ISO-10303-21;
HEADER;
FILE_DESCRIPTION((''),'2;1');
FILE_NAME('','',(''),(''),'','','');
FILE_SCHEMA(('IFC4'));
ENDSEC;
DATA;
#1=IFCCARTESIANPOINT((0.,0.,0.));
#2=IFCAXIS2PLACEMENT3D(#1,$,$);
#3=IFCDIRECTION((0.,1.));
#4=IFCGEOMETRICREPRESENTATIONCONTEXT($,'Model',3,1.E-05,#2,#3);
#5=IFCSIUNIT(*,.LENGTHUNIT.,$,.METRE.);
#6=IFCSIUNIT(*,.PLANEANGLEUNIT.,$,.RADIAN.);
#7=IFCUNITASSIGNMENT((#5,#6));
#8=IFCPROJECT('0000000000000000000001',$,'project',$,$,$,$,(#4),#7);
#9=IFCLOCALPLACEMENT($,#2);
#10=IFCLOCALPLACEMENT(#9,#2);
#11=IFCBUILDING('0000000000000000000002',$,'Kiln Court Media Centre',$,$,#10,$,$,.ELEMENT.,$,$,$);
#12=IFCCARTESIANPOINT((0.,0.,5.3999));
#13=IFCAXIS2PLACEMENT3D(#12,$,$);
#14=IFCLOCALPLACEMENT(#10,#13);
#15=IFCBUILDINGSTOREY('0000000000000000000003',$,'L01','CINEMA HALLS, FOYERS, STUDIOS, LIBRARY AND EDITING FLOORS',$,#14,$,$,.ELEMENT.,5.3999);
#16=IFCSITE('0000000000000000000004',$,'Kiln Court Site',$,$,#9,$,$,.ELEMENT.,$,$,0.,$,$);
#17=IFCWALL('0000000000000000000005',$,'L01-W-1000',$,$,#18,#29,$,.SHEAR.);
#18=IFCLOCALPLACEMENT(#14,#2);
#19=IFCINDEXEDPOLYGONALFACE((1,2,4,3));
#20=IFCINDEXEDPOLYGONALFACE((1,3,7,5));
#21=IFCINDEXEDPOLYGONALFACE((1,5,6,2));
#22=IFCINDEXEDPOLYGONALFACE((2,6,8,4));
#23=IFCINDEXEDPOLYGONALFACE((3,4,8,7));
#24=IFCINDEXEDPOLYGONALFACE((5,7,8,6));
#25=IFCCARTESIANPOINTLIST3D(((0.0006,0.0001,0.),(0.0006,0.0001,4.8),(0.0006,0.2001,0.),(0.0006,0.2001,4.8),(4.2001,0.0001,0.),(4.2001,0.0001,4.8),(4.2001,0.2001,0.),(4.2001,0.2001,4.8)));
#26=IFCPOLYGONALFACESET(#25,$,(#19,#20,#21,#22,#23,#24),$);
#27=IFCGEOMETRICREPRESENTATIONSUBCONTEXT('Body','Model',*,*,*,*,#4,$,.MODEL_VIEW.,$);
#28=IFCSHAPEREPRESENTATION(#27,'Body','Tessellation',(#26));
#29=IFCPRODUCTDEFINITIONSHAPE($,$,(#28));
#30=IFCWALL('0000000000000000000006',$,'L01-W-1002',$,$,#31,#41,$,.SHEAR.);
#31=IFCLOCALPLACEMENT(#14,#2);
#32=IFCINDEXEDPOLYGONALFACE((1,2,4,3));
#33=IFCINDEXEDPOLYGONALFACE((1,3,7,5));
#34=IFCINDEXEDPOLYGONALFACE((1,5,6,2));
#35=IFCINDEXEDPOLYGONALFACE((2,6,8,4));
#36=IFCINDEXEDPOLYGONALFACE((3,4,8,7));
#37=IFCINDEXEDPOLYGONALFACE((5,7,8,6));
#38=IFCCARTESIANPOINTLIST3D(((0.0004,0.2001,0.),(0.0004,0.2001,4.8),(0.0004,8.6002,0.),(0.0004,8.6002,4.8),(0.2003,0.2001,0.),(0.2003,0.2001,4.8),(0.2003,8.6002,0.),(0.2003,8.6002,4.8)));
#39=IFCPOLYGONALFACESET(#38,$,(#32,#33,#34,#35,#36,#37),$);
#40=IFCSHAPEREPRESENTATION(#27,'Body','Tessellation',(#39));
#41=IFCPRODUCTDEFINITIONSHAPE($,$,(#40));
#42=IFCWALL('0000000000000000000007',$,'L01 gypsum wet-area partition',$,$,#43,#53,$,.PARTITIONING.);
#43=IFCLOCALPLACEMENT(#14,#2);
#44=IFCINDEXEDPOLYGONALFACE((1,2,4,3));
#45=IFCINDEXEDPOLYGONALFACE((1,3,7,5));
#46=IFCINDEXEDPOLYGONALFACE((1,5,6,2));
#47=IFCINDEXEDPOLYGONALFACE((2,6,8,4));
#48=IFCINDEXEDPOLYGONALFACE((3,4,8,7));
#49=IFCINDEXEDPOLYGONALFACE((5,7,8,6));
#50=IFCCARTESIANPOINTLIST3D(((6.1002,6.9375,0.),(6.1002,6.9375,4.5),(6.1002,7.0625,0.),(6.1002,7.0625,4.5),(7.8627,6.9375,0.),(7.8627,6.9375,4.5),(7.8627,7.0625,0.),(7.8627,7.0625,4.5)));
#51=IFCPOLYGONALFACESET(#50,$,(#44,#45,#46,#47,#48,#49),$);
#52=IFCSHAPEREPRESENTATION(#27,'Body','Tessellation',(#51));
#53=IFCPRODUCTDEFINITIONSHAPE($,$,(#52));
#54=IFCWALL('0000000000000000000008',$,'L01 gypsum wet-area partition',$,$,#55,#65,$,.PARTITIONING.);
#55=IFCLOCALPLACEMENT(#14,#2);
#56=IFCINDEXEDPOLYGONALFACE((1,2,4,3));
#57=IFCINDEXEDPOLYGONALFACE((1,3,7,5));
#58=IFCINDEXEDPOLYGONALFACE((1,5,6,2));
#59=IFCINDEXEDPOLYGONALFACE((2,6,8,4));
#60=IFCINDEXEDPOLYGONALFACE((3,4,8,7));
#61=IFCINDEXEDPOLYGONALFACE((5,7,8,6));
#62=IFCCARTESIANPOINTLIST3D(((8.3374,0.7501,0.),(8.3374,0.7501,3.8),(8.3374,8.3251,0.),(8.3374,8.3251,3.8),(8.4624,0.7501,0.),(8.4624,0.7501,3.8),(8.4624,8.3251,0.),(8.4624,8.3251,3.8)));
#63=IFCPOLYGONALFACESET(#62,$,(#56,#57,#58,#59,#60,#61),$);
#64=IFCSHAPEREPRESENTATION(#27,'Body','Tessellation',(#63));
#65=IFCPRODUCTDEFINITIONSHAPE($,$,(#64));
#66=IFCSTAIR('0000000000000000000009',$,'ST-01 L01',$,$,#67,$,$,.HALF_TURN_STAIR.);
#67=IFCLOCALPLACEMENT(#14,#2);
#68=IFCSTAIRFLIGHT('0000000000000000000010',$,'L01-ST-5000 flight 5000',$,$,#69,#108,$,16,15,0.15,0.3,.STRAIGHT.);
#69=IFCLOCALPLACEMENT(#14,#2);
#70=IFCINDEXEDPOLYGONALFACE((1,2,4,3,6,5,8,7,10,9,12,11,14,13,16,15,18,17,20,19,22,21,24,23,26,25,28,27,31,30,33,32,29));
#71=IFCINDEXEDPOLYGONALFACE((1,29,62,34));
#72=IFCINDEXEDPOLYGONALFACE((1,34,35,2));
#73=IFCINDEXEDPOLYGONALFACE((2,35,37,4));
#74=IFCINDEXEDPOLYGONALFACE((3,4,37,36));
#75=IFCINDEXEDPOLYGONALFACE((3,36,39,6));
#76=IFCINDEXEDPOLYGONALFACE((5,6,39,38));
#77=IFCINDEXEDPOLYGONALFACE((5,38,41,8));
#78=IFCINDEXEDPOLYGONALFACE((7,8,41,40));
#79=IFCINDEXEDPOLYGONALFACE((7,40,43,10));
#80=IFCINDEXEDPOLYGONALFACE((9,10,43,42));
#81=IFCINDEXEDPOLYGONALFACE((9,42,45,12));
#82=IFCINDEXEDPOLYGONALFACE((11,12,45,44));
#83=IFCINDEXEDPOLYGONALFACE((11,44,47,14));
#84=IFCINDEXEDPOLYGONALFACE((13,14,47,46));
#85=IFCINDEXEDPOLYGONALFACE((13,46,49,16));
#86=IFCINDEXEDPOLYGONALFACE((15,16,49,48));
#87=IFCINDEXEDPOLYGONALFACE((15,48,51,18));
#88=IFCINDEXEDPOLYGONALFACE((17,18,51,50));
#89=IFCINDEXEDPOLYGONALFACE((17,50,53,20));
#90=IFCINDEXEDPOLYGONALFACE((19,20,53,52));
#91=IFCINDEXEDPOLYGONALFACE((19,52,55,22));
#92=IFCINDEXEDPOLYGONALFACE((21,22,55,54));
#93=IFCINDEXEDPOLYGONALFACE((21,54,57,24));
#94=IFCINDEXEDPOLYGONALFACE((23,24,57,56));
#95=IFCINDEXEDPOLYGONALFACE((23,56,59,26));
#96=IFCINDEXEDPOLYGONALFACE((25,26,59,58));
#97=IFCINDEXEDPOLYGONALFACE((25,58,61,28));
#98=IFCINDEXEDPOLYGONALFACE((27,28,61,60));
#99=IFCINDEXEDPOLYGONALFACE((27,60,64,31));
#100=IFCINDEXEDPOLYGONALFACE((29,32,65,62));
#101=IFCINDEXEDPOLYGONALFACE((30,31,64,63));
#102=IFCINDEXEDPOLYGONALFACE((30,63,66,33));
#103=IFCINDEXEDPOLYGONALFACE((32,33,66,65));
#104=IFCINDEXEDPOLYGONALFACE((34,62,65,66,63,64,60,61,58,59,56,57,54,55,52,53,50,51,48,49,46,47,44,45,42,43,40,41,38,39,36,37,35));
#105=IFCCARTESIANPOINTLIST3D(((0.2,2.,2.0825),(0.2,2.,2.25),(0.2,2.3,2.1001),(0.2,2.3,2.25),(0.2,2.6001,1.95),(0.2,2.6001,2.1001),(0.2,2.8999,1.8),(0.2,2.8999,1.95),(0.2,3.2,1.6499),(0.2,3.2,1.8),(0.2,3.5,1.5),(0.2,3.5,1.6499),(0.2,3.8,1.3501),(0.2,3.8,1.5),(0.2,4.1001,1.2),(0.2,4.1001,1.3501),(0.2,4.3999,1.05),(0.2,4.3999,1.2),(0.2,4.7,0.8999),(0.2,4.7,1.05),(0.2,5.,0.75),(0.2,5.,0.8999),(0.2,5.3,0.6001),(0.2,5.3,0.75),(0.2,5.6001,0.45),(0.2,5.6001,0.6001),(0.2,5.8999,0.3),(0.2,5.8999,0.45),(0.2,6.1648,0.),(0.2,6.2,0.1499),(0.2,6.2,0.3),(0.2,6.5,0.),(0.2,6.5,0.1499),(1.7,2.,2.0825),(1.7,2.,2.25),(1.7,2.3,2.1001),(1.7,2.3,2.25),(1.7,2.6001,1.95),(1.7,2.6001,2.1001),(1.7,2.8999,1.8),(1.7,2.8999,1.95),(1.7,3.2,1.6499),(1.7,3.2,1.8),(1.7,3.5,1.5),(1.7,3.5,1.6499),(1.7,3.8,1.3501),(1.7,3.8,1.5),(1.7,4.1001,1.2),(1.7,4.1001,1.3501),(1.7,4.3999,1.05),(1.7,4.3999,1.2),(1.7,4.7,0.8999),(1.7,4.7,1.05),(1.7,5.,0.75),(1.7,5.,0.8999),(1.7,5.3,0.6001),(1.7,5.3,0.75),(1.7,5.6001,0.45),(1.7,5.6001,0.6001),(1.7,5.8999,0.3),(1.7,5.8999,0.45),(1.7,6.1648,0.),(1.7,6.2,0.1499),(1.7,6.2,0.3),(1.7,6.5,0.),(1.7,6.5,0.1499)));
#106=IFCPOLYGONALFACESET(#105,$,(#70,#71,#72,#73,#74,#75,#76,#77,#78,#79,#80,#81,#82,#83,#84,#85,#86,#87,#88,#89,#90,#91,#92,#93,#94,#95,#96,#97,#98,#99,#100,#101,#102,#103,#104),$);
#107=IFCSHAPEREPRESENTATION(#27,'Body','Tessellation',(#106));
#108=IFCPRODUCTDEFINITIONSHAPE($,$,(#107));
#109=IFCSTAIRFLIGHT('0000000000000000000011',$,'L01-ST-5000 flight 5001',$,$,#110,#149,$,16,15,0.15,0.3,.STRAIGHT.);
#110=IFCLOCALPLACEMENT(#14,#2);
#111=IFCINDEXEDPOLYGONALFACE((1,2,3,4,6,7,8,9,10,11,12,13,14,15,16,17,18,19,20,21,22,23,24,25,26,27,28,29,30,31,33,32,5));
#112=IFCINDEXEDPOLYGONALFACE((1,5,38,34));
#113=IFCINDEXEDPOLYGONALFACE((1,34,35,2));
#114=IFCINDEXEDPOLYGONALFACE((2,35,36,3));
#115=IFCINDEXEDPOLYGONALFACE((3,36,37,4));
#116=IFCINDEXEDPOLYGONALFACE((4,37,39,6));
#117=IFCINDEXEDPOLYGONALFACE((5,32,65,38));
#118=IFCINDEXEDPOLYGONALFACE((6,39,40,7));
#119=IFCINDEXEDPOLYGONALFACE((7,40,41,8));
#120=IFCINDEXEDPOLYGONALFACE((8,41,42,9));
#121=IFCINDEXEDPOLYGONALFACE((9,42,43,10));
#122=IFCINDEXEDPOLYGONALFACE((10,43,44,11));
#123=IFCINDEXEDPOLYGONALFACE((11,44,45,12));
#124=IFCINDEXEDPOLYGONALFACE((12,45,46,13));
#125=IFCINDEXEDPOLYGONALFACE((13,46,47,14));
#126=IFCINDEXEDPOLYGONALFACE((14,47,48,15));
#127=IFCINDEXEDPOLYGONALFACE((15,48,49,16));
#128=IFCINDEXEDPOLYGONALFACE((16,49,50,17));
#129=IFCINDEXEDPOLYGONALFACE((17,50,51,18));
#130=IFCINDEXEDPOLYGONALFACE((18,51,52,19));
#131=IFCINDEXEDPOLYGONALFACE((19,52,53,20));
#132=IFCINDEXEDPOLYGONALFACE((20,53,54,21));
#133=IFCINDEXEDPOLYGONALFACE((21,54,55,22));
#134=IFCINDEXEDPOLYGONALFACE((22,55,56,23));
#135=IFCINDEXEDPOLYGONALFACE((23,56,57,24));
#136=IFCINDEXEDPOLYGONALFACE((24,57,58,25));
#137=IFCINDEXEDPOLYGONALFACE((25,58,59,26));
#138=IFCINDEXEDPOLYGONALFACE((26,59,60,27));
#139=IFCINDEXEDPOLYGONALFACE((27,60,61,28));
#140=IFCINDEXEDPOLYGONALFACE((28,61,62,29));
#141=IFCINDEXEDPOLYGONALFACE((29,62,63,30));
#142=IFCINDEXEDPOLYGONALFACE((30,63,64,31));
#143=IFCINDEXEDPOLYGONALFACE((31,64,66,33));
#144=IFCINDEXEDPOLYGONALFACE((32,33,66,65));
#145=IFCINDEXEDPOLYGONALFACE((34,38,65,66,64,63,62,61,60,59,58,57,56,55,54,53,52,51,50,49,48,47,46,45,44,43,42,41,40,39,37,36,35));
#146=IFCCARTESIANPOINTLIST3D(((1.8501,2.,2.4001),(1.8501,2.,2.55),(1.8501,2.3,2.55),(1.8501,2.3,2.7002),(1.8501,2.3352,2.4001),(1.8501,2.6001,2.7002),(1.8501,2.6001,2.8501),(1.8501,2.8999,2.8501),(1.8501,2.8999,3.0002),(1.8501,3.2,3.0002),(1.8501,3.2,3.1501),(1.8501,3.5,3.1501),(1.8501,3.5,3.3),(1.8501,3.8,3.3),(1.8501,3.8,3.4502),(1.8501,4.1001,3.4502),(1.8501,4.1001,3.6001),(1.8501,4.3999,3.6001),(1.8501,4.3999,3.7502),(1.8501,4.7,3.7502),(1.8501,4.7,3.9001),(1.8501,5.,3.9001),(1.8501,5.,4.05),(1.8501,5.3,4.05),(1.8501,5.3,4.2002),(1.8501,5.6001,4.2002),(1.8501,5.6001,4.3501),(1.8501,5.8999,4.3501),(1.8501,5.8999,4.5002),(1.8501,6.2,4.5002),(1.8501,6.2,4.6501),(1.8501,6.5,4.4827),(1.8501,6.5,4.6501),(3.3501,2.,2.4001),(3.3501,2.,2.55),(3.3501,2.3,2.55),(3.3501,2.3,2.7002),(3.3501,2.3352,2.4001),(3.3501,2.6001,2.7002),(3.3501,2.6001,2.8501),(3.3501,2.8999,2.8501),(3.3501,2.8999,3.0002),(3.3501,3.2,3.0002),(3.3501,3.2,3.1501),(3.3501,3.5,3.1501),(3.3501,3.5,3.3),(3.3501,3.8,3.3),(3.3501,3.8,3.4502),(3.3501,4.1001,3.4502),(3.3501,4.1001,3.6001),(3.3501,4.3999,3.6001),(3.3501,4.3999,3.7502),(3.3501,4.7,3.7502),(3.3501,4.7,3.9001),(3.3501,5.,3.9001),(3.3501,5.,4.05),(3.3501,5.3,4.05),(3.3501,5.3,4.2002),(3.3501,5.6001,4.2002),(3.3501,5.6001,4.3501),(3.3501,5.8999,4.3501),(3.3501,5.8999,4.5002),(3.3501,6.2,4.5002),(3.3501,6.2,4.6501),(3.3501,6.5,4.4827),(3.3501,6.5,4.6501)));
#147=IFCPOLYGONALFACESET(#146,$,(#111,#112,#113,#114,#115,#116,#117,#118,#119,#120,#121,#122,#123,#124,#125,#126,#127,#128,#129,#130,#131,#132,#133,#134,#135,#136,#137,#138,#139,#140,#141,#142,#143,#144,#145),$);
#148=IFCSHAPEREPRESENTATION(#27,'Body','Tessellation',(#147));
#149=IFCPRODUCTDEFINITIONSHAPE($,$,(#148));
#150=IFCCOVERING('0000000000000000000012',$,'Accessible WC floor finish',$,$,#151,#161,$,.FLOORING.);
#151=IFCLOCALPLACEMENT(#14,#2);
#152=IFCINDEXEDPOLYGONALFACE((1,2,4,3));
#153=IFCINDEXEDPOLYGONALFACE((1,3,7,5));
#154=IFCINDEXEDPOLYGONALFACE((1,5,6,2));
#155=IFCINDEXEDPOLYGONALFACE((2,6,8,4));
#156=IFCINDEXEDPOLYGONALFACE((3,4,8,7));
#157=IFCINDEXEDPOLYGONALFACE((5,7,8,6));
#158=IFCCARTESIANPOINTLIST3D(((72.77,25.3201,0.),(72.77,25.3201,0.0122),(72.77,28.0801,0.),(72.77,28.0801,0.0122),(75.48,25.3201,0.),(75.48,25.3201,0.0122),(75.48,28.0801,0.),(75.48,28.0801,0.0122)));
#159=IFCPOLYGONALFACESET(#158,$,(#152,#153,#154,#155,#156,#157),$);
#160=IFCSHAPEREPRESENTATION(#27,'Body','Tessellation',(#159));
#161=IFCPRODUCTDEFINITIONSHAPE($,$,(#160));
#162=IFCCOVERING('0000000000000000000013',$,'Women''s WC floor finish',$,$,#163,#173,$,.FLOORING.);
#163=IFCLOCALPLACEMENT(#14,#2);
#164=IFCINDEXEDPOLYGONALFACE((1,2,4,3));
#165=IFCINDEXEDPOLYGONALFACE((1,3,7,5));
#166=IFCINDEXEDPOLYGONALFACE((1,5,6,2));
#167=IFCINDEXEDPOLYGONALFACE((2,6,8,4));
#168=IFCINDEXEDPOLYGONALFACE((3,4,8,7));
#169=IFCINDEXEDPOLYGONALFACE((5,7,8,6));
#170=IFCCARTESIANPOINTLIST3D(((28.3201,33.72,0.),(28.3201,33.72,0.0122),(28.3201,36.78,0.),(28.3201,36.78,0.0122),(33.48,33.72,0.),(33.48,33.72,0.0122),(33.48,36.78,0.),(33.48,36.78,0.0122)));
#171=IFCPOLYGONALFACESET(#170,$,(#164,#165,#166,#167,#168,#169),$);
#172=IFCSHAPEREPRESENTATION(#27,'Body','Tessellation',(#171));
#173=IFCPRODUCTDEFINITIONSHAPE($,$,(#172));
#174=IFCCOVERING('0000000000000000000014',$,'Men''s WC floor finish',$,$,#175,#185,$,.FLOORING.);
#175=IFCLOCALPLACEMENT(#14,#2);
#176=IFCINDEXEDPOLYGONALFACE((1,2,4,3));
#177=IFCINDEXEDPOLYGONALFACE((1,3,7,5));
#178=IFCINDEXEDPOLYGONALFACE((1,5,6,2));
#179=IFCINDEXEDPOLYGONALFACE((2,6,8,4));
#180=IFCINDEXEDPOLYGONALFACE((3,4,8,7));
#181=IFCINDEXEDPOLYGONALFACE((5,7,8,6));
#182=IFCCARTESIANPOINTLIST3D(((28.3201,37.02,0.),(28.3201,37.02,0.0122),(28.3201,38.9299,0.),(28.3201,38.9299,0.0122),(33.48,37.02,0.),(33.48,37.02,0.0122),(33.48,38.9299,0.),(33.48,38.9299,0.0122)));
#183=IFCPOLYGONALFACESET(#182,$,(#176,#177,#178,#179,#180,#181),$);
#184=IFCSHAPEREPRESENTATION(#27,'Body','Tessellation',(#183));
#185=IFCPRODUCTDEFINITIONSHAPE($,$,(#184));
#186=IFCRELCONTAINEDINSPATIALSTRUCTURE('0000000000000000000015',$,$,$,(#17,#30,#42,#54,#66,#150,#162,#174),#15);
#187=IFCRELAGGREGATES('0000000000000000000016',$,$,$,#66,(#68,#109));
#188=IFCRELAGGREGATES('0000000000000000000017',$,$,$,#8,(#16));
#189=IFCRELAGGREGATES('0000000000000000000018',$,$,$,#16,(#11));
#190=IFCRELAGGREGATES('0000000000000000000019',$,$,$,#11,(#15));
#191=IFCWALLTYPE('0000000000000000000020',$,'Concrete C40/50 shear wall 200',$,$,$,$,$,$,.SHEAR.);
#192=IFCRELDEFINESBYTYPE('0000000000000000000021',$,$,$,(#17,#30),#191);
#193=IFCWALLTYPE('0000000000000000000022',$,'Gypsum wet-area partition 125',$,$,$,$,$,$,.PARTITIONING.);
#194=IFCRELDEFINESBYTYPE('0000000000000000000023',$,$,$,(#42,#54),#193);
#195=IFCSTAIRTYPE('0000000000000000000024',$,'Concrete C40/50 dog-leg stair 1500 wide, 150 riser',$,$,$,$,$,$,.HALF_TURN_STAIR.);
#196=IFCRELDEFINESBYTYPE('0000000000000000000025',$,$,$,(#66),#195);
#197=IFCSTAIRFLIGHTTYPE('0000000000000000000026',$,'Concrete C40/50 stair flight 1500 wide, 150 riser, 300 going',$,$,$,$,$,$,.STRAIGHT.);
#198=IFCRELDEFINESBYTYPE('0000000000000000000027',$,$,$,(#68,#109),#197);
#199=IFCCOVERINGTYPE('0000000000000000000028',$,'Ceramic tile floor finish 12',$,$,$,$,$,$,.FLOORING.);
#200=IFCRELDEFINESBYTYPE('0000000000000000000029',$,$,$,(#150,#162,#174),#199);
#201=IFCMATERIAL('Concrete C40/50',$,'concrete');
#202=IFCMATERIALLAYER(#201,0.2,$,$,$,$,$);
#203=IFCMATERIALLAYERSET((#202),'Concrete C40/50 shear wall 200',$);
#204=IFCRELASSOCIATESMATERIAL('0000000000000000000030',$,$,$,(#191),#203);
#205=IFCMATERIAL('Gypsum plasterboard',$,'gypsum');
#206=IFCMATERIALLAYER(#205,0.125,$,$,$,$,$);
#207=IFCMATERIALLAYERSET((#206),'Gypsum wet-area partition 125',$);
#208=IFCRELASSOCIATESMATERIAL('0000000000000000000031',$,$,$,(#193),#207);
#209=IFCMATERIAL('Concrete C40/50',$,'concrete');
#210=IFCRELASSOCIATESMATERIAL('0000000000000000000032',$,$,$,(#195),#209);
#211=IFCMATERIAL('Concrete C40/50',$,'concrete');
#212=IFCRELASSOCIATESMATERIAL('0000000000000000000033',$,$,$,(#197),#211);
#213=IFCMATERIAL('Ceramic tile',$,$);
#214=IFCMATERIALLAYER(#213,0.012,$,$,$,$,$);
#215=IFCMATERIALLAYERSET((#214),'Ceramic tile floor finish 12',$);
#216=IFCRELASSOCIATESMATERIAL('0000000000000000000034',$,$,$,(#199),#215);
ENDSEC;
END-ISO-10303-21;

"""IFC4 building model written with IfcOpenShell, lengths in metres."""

from ifc_helpers import new_model, si_unit, direction, frame, frame_2d, origin, place, context, subcontext, project, spatial, polyline, rectangle, outline, extrude, material, layer, layer_set, type_object, element, aggregate, save


model = new_model("IFC4")

# Units and contexts
model_context = context("Model", 3, precision=1e-05, world=origin(), true_north=direction((0.0, 1.0)))
body_context = subcontext(model_context, "Body", "Model", "MODEL_VIEW")
ifc_project = project(units=[si_unit("LENGTHUNIT", "METRE"), si_unit("PLANEANGLEUNIT", "RADIAN")], contexts=[model_context])

# Site, building, storey
site_placement = place(None, origin())
site = spatial("IfcSite", under=ifc_project, at=site_placement, Name="Kiln Court Site", CompositionType="ELEMENT", RefElevation=0.0)
building_placement = place(site_placement, origin())
building = spatial("IfcBuilding", under=site, at=building_placement, Name="Kiln Court Media Centre", CompositionType="ELEMENT")
storey_placement = place(building_placement, frame((0.0, 0.0, 5.3999)))
storey = spatial("IfcBuildingStorey", under=building, at=storey_placement, Name="L01", Description="CINEMA HALLS, FOYERS, STUDIOS, LIBRARY AND EDITING FLOORS", CompositionType="ELEMENT", Elevation=5.3999)

# Walls
ifc_material_1 = material(Name="Concrete C40/50", Category="concrete")
ifc_layer_1 = layer(ifc_material_1, 0.2)
ifc_layer_set_1 = layer_set([ifc_layer_1], Name="Concrete C40/50 shear wall 200")
wall_type_1 = type_object("IfcWallType", Name="Concrete C40/50 shear wall 200", PredefinedType="SHEAR", material=ifc_layer_set_1)
wall_1_placement = place(storey_placement, frame((4.2, 0.1001, 0.0), z_axis=(0.0, 0.0, 1.0), x_axis=(-1.0, 0.0, 0.0)))
element("IfcWall", 1, at=wall_1_placement, inside=storey, type_object=wall_type_1, Name="L01-W-1000", PredefinedType="SHEAR", context=body_context, shape_type="SweptSolid", body=[
    extrude(rectangle(XDim=4.1995, YDim=0.2, at=frame_2d((2.0996, 0.0))), origin(), (0.0, 0.0, 1.0), 4.8),
])
wall_2_placement = place(storey_placement, frame((0.1003, 0.2, 0.0), z_axis=(0.0, 0.0, 1.0), x_axis=(0.0, 1.0, 0.0)))
element("IfcWall", 2, at=wall_2_placement, inside=storey, type_object=wall_type_1, Name="L01-W-1002", PredefinedType="SHEAR", context=body_context, shape_type="SweptSolid", body=[
    extrude(rectangle(XDim=8.4001, YDim=0.2, at=frame_2d((4.2002, 0.0))), origin(), (0.0, 0.0, 1.0), 4.8),
])
ifc_material_2 = material(Name="Gypsum plasterboard", Category="gypsum")
ifc_layer_2 = layer(ifc_material_2, 0.125)
ifc_layer_set_2 = layer_set([ifc_layer_2], Name="Gypsum wet-area partition 125")
wall_type_2 = type_object("IfcWallType", Name="Gypsum wet-area partition 125", PredefinedType="PARTITIONING", material=ifc_layer_set_2)
wall_3_placement = place(storey_placement, frame((6.1001, 7.0, 0.0), z_axis=(0.0, 0.0, 1.0), x_axis=(1.0, 0.0, 0.0)))
element("IfcWall", 3, at=wall_3_placement, inside=storey, type_object=wall_type_2, Name="L01 gypsum wet-area partition", PredefinedType="PARTITIONING", context=body_context, shape_type="SweptSolid", body=[
    extrude(rectangle(XDim=1.7625, YDim=0.125, at=frame_2d((0.8813, 0.0))), origin(), (0.0, 0.0, 1.0), 4.5),
])
wall_4_placement = place(storey_placement, frame((8.3999, 0.75, 0.0), z_axis=(0.0, 0.0, 1.0), x_axis=(0.0, 1.0, 0.0)))
element("IfcWall", 4, at=wall_4_placement, inside=storey, type_object=wall_type_2, Name="L01 gypsum wet-area partition", PredefinedType="PARTITIONING", context=body_context, shape_type="SweptSolid", body=[
    extrude(rectangle(XDim=7.575, YDim=0.125, at=frame_2d((3.7876, 0.0))), origin(), (0.0, 0.0, 1.0), 3.8),
])

# Stair, stair flights
ifc_material_3 = material(Name="Concrete C40/50", Category="concrete")
stair_type = type_object("IfcStairType", Name="Concrete C40/50 dog-leg stair 1500 wide, 150 riser", PredefinedType="HALF_TURN_STAIR", material=ifc_material_3)
stair_placement = place(storey_placement, origin())
stair = element("IfcStair", 5, at=stair_placement, inside=storey, type_object=stair_type, Name="ST-01 L01", PredefinedType="HALF_TURN_STAIR")
ifc_material_4 = material(Name="Concrete C40/50", Category="concrete")
stair_flight_type = type_object("IfcStairFlightType", Name="Concrete C40/50 stair flight 1500 wide, 150 riser, 300 going", PredefinedType="STRAIGHT", material=ifc_material_4)
stair_flight_1_placement = place(storey_placement, frame((0.95, 6.5, 0.0), z_axis=(0.0, 0.0, 1.0), x_axis=(0.0, -1.0, 0.0)))
stair_flight_1 = element("IfcStairFlight", 6, at=stair_flight_1_placement, type_object=stair_flight_type, Name="L01-ST-5000 flight 5000", NumberOfRisers=16, NumberOfTreads=15, PredefinedType="STRAIGHT", RiserHeight=0.15, TreadLength=0.3, context=body_context, shape_type="SweptSolid", body=[
    extrude(outline(polyline([(0.0, 0.0), (0.0, 0.1499), (0.3, 0.1499), (0.3, 0.3), (0.6001, 0.3), (0.6001, 0.45), (0.8999, 0.45), (0.8999, 0.6001), (1.2, 0.6001), (1.2, 0.75), (1.5, 0.75), (1.5, 0.8999), (1.8, 0.8999), (1.8, 1.05), (2.1001, 1.05), (2.1001, 1.2), (2.3999, 1.2), (2.3999, 1.3501), (2.7, 1.3501), (2.7, 1.5), (3.0, 1.5), (3.0, 1.6499), (3.3, 1.6499), (3.3, 1.8), (3.6001, 1.8), (3.6001, 1.95), (3.8999, 1.95), (3.8999, 2.1001), (4.2, 2.1001), (4.2, 2.25), (4.5, 2.25), (4.5, 2.3999), (4.5, 2.0825), (0.3352, 0.0), (0.0, 0.0)])), frame((0.0, 0.75, 0.0), z_axis=(0.0, -1.0, 0.0), x_axis=(1.0, 0.0, 0.0)), (0.0, 0.0, 1.0), 1.5),
])
stair_flight_2_placement = place(storey_placement, frame((2.6001, 2.0, 2.4001), z_axis=(0.0, 0.0, 1.0), x_axis=(0.0, 1.0, 0.0)))
stair_flight_2 = element("IfcStairFlight", 7, at=stair_flight_2_placement, type_object=stair_flight_type, Name="L01-ST-5000 flight 5001", NumberOfRisers=16, NumberOfTreads=15, PredefinedType="STRAIGHT", RiserHeight=0.15, TreadLength=0.3, context=body_context, shape_type="SweptSolid", body=[
    extrude(outline(polyline([(0.0, 0.0), (0.0, 0.1499), (0.3, 0.1499), (0.3, 0.3), (0.6001, 0.3), (0.6001, 0.45), (0.8999, 0.45), (0.8999, 0.6001), (1.2, 0.6001), (1.2, 0.75), (1.5, 0.75), (1.5, 0.8999), (1.8, 0.8999), (1.8, 1.05), (2.1001, 1.05), (2.1001, 1.2), (2.3999, 1.2), (2.3999, 1.3501), (2.7, 1.3501), (2.7, 1.5), (3.0, 1.5), (3.0, 1.6499), (3.3, 1.6499), (3.3, 1.8), (3.6001, 1.8), (3.6001, 1.95), (3.8999, 1.95), (3.8999, 2.1001), (4.2, 2.1001), (4.2, 2.25), (4.5, 2.25), (4.5, 2.3999), (4.5, 2.0825), (0.3352, 0.0), (0.0, 0.0)])), frame((0.0, 0.75, 0.0), z_axis=(0.0, -1.0, 0.0), x_axis=(1.0, 0.0, 0.0)), (0.0, 0.0, 1.0), 1.5),
])
aggregate(stair, [stair_flight_1, stair_flight_2])

# Coverings
ifc_material_5 = material(Name="Ceramic tile")
ifc_layer_3 = layer(ifc_material_5, 0.012)
ifc_layer_set_3 = layer_set([ifc_layer_3], Name="Ceramic tile floor finish 12")
covering_type = type_object("IfcCoveringType", Name="Ceramic tile floor finish 12", PredefinedType="FLOORING", material=ifc_layer_set_3)
covering_1_placement = place(storey_placement, origin())
element("IfcCovering", 8, at=covering_1_placement, inside=storey, type_object=covering_type, Name="Accessible WC floor finish", PredefinedType="FLOORING", context=body_context, shape_type="SweptSolid", body=[
    extrude(outline(polyline([(75.48, 25.3201), (75.48, 28.0801), (72.77, 28.0801), (72.77, 25.3201), (75.48, 25.3201)])), origin(), (0.0, 0.0, 1.0), 0.0122),
])
covering_2_placement = place(storey_placement, origin())
element("IfcCovering", 9, at=covering_2_placement, inside=storey, type_object=covering_type, Name="Women's WC floor finish", PredefinedType="FLOORING", context=body_context, shape_type="SweptSolid", body=[
    extrude(outline(polyline([(33.48, 33.72), (33.48, 36.78), (28.3201, 36.78), (28.3201, 33.72), (33.48, 33.72)])), origin(), (0.0, 0.0, 1.0), 0.0122),
])
covering_3_placement = place(storey_placement, origin())
element("IfcCovering", 10, at=covering_3_placement, inside=storey, type_object=covering_type, Name="Men's WC floor finish", PredefinedType="FLOORING", context=body_context, shape_type="SweptSolid", body=[
    extrude(outline(polyline([(33.48, 37.02), (33.48, 38.9299), (28.3201, 38.9299), (28.3201, 37.02), (33.48, 37.02)])), origin(), (0.0, 0.0, 1.0), 0.0122),
])

save(model, "model.ifc")
